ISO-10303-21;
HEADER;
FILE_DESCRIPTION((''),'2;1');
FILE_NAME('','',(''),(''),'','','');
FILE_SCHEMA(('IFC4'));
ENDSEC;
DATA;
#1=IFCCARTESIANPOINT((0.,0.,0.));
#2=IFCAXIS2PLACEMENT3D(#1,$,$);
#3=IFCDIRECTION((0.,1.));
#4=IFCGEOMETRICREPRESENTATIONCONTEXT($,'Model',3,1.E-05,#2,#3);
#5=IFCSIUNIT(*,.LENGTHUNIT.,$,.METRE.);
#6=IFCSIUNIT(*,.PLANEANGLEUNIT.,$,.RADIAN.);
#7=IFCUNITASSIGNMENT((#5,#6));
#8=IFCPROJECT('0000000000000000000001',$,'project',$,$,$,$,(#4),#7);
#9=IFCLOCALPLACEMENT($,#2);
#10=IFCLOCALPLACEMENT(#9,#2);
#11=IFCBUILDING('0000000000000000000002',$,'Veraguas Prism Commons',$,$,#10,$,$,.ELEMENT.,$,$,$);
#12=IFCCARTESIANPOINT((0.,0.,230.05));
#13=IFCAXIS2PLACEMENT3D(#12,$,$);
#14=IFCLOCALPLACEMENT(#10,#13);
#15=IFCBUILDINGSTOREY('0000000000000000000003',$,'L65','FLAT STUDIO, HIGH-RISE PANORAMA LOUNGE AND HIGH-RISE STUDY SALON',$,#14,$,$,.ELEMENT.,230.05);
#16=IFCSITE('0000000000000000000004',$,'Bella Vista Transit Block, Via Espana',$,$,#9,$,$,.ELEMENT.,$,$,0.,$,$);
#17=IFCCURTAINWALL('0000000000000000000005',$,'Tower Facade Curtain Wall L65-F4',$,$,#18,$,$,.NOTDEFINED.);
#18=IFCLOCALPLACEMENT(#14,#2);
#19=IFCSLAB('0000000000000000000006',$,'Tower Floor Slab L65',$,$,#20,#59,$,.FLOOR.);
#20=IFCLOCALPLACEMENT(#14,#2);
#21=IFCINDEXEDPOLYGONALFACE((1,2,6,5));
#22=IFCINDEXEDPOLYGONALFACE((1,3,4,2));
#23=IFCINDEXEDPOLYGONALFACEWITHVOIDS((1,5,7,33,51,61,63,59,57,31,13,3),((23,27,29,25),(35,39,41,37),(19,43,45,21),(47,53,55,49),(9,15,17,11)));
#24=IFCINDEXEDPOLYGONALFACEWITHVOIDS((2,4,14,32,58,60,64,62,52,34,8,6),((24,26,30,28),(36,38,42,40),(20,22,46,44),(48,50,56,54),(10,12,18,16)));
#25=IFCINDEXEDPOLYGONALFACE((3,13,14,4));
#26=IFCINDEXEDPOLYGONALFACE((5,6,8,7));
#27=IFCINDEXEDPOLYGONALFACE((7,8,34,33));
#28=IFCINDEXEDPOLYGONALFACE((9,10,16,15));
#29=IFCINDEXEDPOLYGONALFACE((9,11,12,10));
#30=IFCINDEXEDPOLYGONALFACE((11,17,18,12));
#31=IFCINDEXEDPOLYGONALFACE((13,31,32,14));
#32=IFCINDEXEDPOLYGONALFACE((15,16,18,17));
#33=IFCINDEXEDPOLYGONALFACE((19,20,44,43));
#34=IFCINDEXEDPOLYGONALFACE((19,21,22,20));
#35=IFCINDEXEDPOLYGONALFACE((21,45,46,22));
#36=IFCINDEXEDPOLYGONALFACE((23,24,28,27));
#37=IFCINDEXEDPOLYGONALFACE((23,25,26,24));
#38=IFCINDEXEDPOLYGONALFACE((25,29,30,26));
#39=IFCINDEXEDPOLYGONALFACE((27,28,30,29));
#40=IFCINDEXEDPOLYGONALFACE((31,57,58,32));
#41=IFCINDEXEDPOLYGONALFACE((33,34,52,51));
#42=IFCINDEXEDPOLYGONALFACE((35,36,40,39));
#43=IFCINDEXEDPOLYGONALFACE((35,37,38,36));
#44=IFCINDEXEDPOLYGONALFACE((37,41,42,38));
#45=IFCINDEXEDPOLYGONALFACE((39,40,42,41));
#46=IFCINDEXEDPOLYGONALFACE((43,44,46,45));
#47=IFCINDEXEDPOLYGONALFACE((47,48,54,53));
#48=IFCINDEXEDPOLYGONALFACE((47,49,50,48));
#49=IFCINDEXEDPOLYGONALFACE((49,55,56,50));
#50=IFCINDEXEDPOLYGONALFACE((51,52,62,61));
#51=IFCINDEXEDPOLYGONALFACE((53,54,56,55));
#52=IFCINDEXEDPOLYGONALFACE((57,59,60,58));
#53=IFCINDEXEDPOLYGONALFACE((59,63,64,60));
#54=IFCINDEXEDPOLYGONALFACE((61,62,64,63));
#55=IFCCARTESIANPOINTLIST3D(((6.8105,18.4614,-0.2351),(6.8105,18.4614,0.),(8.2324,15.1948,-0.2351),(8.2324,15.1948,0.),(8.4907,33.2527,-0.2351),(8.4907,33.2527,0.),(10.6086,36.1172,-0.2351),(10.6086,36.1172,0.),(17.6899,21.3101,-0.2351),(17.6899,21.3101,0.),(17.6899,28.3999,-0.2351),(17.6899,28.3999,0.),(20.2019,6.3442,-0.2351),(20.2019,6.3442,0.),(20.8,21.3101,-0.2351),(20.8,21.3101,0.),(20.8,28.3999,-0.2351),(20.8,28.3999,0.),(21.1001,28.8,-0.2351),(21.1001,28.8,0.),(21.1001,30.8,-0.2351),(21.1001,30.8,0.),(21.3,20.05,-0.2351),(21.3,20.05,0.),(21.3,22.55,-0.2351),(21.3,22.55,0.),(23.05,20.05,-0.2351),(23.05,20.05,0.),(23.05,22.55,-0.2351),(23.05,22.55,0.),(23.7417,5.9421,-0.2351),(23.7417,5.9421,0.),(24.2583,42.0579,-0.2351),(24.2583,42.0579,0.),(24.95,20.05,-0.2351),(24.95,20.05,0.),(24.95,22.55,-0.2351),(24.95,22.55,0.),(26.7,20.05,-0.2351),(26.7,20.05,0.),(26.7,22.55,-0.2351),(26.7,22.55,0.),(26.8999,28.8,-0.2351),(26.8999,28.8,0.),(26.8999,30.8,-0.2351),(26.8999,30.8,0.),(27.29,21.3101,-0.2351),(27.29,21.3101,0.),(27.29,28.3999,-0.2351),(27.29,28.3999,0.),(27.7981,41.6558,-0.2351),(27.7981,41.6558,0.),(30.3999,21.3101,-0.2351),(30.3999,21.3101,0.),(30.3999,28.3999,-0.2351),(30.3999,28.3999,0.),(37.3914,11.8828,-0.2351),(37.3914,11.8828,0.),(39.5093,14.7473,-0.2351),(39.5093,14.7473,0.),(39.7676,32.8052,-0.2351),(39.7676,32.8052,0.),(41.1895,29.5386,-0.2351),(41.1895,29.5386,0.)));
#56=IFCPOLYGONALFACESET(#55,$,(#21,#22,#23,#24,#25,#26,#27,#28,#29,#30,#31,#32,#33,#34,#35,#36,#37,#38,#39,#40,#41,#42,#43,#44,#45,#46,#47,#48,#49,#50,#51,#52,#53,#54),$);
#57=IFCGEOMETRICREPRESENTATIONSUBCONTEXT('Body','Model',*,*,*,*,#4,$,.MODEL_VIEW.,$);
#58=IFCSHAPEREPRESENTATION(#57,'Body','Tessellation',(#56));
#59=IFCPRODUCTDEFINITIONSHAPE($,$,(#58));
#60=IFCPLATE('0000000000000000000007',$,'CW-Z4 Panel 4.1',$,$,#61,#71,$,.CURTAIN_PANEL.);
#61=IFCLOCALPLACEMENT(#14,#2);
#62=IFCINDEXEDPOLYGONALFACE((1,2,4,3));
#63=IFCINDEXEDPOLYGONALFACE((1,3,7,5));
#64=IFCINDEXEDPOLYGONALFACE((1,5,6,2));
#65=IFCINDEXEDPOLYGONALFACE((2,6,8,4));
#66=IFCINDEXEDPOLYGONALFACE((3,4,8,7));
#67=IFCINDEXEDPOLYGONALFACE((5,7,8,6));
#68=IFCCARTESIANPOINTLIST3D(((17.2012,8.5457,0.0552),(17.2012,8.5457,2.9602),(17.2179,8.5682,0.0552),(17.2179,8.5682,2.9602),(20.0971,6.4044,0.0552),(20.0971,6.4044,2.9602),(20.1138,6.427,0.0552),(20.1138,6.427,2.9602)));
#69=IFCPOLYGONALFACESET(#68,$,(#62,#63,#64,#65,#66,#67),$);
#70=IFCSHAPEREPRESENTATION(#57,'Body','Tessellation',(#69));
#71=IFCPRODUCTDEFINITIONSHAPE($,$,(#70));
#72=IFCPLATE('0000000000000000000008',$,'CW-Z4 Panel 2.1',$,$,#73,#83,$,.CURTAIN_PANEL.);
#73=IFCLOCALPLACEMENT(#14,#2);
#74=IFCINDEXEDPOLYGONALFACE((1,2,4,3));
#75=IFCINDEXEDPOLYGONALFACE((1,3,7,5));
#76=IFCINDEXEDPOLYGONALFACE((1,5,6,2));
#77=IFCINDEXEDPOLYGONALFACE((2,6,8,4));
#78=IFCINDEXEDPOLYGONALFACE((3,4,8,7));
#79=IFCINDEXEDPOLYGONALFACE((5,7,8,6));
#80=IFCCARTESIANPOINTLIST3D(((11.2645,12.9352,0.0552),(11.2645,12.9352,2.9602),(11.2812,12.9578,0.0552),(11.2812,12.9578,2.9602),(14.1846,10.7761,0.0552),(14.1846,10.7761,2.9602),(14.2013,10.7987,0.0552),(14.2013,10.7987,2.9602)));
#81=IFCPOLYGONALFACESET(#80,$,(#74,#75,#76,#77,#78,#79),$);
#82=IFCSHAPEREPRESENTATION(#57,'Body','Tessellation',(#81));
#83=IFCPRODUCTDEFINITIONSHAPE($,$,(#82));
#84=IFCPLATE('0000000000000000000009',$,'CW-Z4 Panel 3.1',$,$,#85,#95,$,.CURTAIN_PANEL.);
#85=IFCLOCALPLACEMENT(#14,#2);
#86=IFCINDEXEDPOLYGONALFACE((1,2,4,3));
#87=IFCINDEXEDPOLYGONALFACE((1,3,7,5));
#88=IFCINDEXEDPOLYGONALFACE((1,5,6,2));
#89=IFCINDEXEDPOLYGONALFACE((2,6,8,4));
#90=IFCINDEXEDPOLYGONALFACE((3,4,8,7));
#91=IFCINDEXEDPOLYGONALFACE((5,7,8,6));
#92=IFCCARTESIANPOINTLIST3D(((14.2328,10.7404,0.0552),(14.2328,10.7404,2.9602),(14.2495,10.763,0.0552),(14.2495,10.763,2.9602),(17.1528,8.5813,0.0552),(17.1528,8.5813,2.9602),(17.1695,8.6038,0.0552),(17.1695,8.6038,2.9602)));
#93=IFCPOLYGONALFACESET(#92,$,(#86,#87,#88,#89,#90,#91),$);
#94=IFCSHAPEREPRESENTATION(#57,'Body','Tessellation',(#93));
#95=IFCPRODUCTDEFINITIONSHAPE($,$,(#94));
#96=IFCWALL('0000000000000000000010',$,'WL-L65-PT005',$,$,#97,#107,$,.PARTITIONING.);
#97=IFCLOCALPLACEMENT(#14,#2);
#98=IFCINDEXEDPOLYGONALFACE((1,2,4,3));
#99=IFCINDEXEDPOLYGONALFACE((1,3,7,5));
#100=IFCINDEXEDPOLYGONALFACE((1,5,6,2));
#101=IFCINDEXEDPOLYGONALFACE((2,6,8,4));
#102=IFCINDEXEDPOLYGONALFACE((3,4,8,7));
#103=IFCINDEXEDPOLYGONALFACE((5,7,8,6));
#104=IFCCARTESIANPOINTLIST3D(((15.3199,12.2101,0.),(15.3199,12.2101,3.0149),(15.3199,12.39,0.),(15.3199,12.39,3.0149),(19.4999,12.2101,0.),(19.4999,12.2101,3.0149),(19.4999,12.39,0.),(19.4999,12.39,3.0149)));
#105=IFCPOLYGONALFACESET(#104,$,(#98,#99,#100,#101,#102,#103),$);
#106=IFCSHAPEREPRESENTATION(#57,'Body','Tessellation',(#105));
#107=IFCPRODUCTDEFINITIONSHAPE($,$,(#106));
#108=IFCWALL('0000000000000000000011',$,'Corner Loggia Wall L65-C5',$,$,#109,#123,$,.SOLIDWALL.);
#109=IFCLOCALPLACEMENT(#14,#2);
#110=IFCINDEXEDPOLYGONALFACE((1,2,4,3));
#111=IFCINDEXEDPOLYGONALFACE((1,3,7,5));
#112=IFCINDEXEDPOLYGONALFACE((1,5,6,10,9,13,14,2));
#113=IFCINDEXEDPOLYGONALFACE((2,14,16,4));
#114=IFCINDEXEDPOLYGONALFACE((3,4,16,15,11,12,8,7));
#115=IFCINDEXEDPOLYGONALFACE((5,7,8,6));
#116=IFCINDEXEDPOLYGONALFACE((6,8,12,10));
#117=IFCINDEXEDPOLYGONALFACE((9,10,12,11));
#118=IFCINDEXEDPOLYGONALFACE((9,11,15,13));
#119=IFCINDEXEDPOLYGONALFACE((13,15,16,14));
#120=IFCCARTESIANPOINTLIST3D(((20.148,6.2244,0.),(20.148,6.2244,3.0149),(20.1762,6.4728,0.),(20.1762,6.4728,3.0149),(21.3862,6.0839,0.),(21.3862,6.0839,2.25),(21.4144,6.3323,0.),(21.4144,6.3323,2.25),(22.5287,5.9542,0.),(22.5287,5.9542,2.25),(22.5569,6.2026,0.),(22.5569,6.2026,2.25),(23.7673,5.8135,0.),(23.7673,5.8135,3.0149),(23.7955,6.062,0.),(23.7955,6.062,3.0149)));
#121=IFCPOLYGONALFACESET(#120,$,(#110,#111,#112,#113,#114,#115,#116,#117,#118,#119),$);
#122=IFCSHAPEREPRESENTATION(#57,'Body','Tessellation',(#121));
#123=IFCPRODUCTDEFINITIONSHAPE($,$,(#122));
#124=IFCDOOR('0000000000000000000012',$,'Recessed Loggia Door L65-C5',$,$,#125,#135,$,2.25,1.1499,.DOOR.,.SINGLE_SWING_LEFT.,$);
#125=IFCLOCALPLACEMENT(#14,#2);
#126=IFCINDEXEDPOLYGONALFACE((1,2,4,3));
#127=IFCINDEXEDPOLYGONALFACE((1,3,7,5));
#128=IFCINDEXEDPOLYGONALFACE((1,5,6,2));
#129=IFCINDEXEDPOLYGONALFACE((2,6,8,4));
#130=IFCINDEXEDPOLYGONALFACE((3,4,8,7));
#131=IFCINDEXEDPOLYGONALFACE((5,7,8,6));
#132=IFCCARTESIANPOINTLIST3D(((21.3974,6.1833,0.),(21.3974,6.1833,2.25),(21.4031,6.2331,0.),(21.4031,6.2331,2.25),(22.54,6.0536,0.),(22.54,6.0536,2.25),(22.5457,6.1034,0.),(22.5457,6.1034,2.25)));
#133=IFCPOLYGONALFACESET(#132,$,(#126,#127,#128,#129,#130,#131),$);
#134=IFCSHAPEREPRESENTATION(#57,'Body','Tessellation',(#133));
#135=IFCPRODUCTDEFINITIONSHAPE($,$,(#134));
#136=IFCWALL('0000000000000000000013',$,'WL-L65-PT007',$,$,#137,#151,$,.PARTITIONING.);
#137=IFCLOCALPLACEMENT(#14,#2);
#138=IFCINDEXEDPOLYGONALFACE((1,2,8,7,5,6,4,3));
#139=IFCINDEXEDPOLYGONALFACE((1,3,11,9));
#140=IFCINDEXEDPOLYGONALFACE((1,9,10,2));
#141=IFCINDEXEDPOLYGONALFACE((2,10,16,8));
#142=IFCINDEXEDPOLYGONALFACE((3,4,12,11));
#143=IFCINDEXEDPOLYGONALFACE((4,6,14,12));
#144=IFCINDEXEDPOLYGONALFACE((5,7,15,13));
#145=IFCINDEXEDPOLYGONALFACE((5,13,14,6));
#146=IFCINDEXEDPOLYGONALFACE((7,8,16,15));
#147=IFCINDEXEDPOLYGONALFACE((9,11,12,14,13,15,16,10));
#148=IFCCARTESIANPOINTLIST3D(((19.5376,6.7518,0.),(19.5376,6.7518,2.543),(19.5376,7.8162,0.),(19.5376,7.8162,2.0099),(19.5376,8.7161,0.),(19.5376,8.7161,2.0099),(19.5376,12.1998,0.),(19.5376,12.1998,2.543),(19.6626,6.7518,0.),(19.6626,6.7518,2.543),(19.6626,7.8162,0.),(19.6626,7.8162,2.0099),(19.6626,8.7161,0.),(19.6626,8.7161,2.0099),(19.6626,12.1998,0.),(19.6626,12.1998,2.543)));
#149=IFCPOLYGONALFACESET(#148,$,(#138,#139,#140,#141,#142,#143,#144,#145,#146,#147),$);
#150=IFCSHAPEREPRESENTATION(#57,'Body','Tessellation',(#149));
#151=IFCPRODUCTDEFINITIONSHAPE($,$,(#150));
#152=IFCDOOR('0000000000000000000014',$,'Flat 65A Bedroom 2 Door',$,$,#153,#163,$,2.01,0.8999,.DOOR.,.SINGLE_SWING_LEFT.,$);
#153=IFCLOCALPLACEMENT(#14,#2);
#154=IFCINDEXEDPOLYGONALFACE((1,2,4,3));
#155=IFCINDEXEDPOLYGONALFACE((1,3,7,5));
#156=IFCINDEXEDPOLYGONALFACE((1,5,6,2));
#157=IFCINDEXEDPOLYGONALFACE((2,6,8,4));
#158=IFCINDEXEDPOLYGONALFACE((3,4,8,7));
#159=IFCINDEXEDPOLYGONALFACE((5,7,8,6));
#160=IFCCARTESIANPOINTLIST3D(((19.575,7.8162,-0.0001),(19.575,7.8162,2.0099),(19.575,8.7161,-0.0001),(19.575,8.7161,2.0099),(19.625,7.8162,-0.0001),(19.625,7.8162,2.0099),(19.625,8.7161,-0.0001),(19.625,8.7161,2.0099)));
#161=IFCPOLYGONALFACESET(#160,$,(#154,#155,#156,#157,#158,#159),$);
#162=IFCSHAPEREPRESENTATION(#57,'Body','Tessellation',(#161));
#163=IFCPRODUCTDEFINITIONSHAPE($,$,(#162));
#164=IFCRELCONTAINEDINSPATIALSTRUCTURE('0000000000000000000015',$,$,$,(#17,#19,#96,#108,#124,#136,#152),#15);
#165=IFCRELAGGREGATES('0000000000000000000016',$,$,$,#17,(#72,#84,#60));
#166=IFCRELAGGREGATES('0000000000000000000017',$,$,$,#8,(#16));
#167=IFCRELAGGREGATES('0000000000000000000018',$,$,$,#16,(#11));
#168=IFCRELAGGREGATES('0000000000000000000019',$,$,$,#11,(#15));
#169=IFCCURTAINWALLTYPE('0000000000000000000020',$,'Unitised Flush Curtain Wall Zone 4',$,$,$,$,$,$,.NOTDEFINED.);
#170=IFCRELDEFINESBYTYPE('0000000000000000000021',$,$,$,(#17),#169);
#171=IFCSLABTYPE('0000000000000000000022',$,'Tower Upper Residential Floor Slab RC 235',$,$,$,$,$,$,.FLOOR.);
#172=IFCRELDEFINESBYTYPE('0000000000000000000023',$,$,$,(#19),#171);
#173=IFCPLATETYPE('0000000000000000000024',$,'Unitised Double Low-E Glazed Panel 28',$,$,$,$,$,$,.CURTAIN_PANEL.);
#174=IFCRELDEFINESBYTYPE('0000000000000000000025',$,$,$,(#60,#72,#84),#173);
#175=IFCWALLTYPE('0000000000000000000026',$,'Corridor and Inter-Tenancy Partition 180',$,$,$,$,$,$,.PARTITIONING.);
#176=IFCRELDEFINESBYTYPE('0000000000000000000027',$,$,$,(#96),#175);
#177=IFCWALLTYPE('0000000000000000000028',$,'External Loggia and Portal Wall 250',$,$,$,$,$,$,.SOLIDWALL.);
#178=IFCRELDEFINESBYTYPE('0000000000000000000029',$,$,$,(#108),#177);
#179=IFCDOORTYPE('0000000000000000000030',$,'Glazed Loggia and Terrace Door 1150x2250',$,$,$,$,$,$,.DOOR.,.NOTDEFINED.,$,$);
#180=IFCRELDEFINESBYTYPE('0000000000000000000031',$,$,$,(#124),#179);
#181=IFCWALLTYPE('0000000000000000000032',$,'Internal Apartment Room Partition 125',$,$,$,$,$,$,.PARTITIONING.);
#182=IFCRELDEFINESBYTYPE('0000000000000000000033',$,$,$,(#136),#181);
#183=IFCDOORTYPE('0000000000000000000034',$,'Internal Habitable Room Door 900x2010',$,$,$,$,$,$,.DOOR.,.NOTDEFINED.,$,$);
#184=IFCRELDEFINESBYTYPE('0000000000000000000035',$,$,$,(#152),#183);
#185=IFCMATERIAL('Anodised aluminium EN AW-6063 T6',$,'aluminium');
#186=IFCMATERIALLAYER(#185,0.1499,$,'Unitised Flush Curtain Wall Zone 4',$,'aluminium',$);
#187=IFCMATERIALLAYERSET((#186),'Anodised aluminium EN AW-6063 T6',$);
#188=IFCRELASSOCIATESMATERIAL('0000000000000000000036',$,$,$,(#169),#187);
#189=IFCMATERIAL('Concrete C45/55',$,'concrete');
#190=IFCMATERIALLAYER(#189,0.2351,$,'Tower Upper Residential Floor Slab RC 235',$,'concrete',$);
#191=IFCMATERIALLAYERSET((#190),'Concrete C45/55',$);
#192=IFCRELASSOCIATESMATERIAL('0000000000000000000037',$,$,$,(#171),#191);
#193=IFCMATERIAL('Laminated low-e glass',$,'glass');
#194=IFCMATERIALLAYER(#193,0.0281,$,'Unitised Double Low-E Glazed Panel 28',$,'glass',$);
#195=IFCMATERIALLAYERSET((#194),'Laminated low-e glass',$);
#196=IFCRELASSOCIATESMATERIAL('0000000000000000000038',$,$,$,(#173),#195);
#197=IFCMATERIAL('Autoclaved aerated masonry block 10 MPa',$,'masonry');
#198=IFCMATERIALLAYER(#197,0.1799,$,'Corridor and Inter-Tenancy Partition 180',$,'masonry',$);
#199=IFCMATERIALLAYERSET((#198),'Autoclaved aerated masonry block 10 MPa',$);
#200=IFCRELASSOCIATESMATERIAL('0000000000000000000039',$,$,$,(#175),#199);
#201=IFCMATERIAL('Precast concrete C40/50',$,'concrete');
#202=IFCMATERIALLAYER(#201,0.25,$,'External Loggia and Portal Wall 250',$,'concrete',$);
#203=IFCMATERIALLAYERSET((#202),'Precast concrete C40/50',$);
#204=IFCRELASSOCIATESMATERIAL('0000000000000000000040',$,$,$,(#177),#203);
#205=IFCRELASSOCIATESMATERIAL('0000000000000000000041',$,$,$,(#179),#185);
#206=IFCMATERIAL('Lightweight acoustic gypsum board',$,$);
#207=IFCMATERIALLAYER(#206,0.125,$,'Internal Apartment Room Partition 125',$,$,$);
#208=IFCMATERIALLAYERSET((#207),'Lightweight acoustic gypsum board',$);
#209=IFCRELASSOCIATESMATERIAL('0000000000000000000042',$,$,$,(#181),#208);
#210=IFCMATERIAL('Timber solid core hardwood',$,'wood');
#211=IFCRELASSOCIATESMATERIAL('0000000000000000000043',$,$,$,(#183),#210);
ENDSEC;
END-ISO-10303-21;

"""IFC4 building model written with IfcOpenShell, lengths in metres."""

from ifc_helpers import new_model, si_unit, direction, frame, frame_2d, origin, origin_2d, place, context, subcontext, project, spatial, polyline, rectangle, outline, extrude, source, transform, mapped, material, layer, layer_set, type_object, element, fill, aggregate, save


model = new_model("IFC4")

# Units and contexts
model_context = context("Model", 3, precision=1e-05, world=origin(), true_north=direction((0.0, 1.0)))
body_context = subcontext(model_context, "Body", "Model", "MODEL_VIEW")
ifc_project = project(units=[si_unit("LENGTHUNIT", "METRE"), si_unit("PLANEANGLEUNIT", "RADIAN")], contexts=[model_context])

# Site, building, storey
site_placement = place(None, origin())
site = spatial("IfcSite", under=ifc_project, at=site_placement, Name="Bella Vista Transit Block, Via Espana", CompositionType="ELEMENT", RefElevation=0.0)
building_placement = place(site_placement, origin())
building = spatial("IfcBuilding", under=site, at=building_placement, Name="Veraguas Prism Commons", CompositionType="ELEMENT")
storey_placement = place(building_placement, frame((0.0, 0.0, 230.05)))
storey = spatial("IfcBuildingStorey", under=building, at=storey_placement, Name="L65", Description="FLAT STUDIO, HIGH-RISE PANORAMA LOUNGE AND HIGH-RISE STUDY SALON", CompositionType="ELEMENT", Elevation=230.05)

# Curtain wall
ifc_material_1 = material(Name="Anodised aluminium EN AW-6063 T6", Category="aluminium")
ifc_layer_1 = layer(ifc_material_1, 0.1499, Name="Unitised Flush Curtain Wall Zone 4", Category="aluminium")
ifc_layer_set_1 = layer_set([ifc_layer_1], Name="Anodised aluminium EN AW-6063 T6")
curtain_wall_type = type_object("IfcCurtainWallType", Name="Unitised Flush Curtain Wall Zone 4", PredefinedType="NOTDEFINED", material=ifc_layer_set_1)
curtain_wall_placement = place(storey_placement, origin())
curtain_wall = element("IfcCurtainWall", 1, at=curtain_wall_placement, inside=storey, type_object=curtain_wall_type, Name="Tower Facade Curtain Wall L65-F4", PredefinedType="NOTDEFINED")

# Slab
ifc_material_2 = material(Name="Concrete C45/55", Category="concrete")
ifc_layer_2 = layer(ifc_material_2, 0.2351, Name="Tower Upper Residential Floor Slab RC 235", Category="concrete")
ifc_layer_set_2 = layer_set([ifc_layer_2], Name="Concrete C45/55")
slab_type_1 = type_object("IfcSlabType", Name="Tower Upper Residential Floor Slab RC 235", PredefinedType="FLOOR", material=ifc_layer_set_2)
slab_1_placement = place(storey_placement, frame((0.0, 0.0, -0.2351)))
element("IfcSlab", 2, at=slab_1_placement, inside=storey, type_object=slab_type_1, Name="Tower Floor Slab L65", PredefinedType="FLOOR", context=body_context, shape_type="SweptSolid", body=[
    extrude(outline(polyline([(41.1895, 29.5386), (39.7676, 32.8052), (27.7981, 41.6558), (24.2583, 42.0579), (10.6086, 36.1172), (8.4907, 33.2527), (6.8105, 18.4614), (8.2324, 15.1948), (20.2019, 6.3442), (23.7417, 5.9421), (37.3914, 11.8828), (39.5093, 14.7473), (41.1895, 29.5386)]), holes=[polyline([(20.8, 21.3101), (20.8, 28.3999), (17.6899, 28.3999), (17.6899, 21.3101), (20.8, 21.3101)]), polyline([(30.3999, 21.3101), (30.3999, 28.3999), (27.29, 28.3999), (27.29, 21.3101), (30.3999, 21.3101)]), polyline([(21.1001, 28.8), (26.8999, 28.8), (26.8999, 30.8), (21.1001, 30.8), (21.1001, 28.8)]), polyline([(21.3, 20.05), (23.05, 20.05), (23.05, 22.55), (21.3, 22.55), (21.3, 20.05)]), polyline([(24.95, 20.05), (26.7, 20.05), (26.7, 22.55), (24.95, 22.55), (24.95, 20.05)])]), origin(), (0.0, 0.0, 1.0), 0.2351),
])

# Plates
ifc_material_3 = material(Name="Laminated low-e glass", Category="glass")
ifc_layer_3 = layer(ifc_material_3, 0.0281, Name="Unitised Double Low-E Glazed Panel 28", Category="glass")
ifc_layer_set_3 = layer_set([ifc_layer_3], Name="Laminated low-e glass")
plate_type = type_object("IfcPlateType", Name="Unitised Double Low-E Glazed Panel 28", PredefinedType="CURTAIN_PANEL", material=ifc_layer_set_3)
shared_shape_1 = source(origin(), body_context, "Body", "SweptSolid", [
    extrude(rectangle(XDim=3.6016, YDim=0.0281, at=origin_2d()), origin(), (0.0, 0.0, 1.0), 2.905),
])
plate_1_placement = place(storey_placement, frame((18.6575, 7.4863, 0.0552), z_axis=(0.0, 0.0, 1.0), x_axis=(0.804068, -0.594538, 0.0)))
plate_1 = element("IfcPlate", 3, at=plate_1_placement, type_object=plate_type, Name="CW-Z4 Panel 4.1", PredefinedType="CURTAIN_PANEL", context=body_context, shape_type="MappedRepresentation", body=[
    mapped(shared_shape_1, transform((0.0, 0.0, 0.0), scale=1.0)),
])
shared_shape_2 = source(origin(), body_context, "Body", "SweptSolid", [
    extrude(rectangle(XDim=3.6316, YDim=0.0281, at=origin_2d()), origin(), (0.0, 0.0, 1.0), 2.905),
])
plate_2_placement = place(storey_placement, frame((12.7329, 11.8669, 0.0552), z_axis=(0.0, 0.0, 1.0), x_axis=(0.804068, -0.594538, 0.0)))
plate_2 = element("IfcPlate", 4, at=plate_2_placement, type_object=plate_type, Name="CW-Z4 Panel 2.1", PredefinedType="CURTAIN_PANEL", context=body_context, shape_type="MappedRepresentation", body=[
    mapped(shared_shape_2, transform((0.0, 0.0, 0.0), scale=1.0)),
])
plate_3_placement = place(storey_placement, frame((15.7012, 9.6721, 0.0552), z_axis=(0.0, 0.0, 1.0), x_axis=(0.804068, -0.594538, 0.0)))
plate_3 = element("IfcPlate", 5, at=plate_3_placement, type_object=plate_type, Name="CW-Z4 Panel 3.1", PredefinedType="CURTAIN_PANEL", context=body_context, shape_type="MappedRepresentation", body=[
    mapped(shared_shape_2, transform((0.0, 0.0, 0.0), scale=1.0)),
])
aggregate(curtain_wall, [plate_2, plate_3, plate_1])

# Wall
ifc_material_4 = material(Name="Autoclaved aerated masonry block 10 MPa", Category="masonry")
ifc_layer_4 = layer(ifc_material_4, 0.1799, Name="Corridor and Inter-Tenancy Partition 180", Category="masonry")
ifc_layer_set_4 = layer_set([ifc_layer_4], Name="Autoclaved aerated masonry block 10 MPa")
wall_type_1 = type_object("IfcWallType", Name="Corridor and Inter-Tenancy Partition 180", PredefinedType="PARTITIONING", material=ifc_layer_set_4)
wall_1_placement = place(storey_placement, frame((15.3201, 12.3, 0.0), z_axis=(0.0, 0.0, 1.0), x_axis=(1.0, 0.0, 0.0)))
element("IfcWall", 6, at=wall_1_placement, inside=storey, type_object=wall_type_1, Name="WL-L65-PT005", PredefinedType="PARTITIONING", context=body_context, shape_type="SweptSolid", body=[
    extrude(rectangle(XDim=4.1799, YDim=0.1799, at=frame_2d((2.0898, 0.0))), origin(), (0.0, 0.0, 1.0), 3.0149),
])

# Walls, openings, doors
ifc_material_5 = material(Name="Precast concrete C40/50", Category="concrete")
ifc_layer_5 = layer(ifc_material_5, 0.25, Name="External Loggia and Portal Wall 250", Category="concrete")
ifc_layer_set_5 = layer_set([ifc_layer_5], Name="Precast concrete C40/50")
wall_type_2 = type_object("IfcWallType", Name="External Loggia and Portal Wall 250", PredefinedType="SOLIDWALL", material=ifc_layer_set_5)
wall_2_placement = place(storey_placement, frame((20.1621, 6.3486, 0.0), z_axis=(0.0, 0.0, 1.0), x_axis=(0.993618, -0.1128, 0.0)))
wall_2 = element("IfcWall", 7, at=wall_2_placement, inside=storey, type_object=wall_type_2, Name="Corner Loggia Wall L65-C5", PredefinedType="SOLIDWALL", context=body_context, shape_type="SweptSolid", body=[
    extrude(rectangle(XDim=3.6426, YDim=0.25, at=frame_2d((1.8213, 0.0))), origin(), (0.0, 0.0, 1.0), 3.0149),
])
opening_1_placement = place(wall_2_placement, frame((1.2461, 0.0, 0.0)))
opening_1 = element("IfcOpeningElement", 8, at=opening_1_placement, cuts=wall_2, PredefinedType="OPENING", context=body_context, shape_type="SweptSolid", body=[
    extrude(rectangle(XDim=1.1499, YDim=2.25, at=frame_2d((0.575, 1.125))), frame((0.0, 0.135, 0.0), z_axis=(0.0, -1.0, 0.0), x_axis=(1.0, 0.0, 0.0)), (0.0, 0.0, 1.0), 0.27),
])
door_type_1 = type_object("IfcDoorType", Name="Glazed Loggia and Terrace Door 1150x2250", OperationType="NOTDEFINED", PredefinedType="DOOR", material=ifc_material_1)
shared_shape_3 = source(origin(), body_context, "Body", "SweptSolid", [
    extrude(rectangle(XDim=1.1499, YDim=2.25, at=frame_2d((0.575, 1.125))), frame((0.0, 0.0249, 0.0), z_axis=(0.0, -1.0, 0.0), x_axis=(1.0, 0.0, 0.0)), (0.0, 0.0, 1.0), 0.05),
])
door_1_placement = place(opening_1_placement, frame((1.1499, 0.0, 0.0), z_axis=(0.0, 0.0, 1.0), x_axis=(-1.0, 0.0, 0.0)))
door_1 = element("IfcDoor", 9, at=door_1_placement, inside=storey, type_object=door_type_1, Name="Recessed Loggia Door L65-C5", OperationType="SINGLE_SWING_LEFT", OverallHeight=2.25, OverallWidth=1.1499, PredefinedType="DOOR", context=body_context, shape_type="MappedRepresentation", body=[
    mapped(shared_shape_3, transform((0.0, 0.0, 0.0), scale=1.0)),
])
fill(opening_1, door_1)
ifc_material_6 = material(Name="Lightweight acoustic gypsum board")
ifc_layer_6 = layer(ifc_material_6, 0.125, Name="Internal Apartment Room Partition 125")
ifc_layer_set_6 = layer_set([ifc_layer_6], Name="Lightweight acoustic gypsum board")
wall_type_3 = type_object("IfcWallType", Name="Internal Apartment Room Partition 125", PredefinedType="PARTITIONING", material=ifc_layer_set_6)
wall_3_placement = place(storey_placement, frame((19.6001, 12.2, 0.0), z_axis=(0.0, 0.0, 1.0), x_axis=(0.0, -1.0, 0.0)))
wall_3 = element("IfcWall", 10, at=wall_3_placement, inside=storey, type_object=wall_type_3, Name="WL-L65-PT007", PredefinedType="PARTITIONING", context=body_context, shape_type="SweptSolid", body=[
    extrude(rectangle(XDim=5.448, YDim=0.125, at=frame_2d((2.7241, 0.0))), origin(), (0.0, 0.0, 1.0), 2.543),
])
opening_2_placement = place(wall_3_placement, frame((3.4839, 0.0, 0.0)))
opening_2 = element("IfcOpeningElement", 11, at=opening_2_placement, cuts=wall_3, PredefinedType="OPENING", context=body_context, shape_type="SweptSolid", body=[
    extrude(rectangle(XDim=0.8999, YDim=2.01, at=frame_2d((0.45, 1.0049))), frame((0.0, 0.0725, 0.0), z_axis=(0.0, -1.0, 0.0), x_axis=(1.0, 0.0, 0.0)), (0.0, 0.0, 1.0), 0.145),
])
ifc_material_7 = material(Name="Timber solid core hardwood", Category="wood")
door_type_2 = type_object("IfcDoorType", Name="Internal Habitable Room Door 900x2010", OperationType="NOTDEFINED", PredefinedType="DOOR", material=ifc_material_7)
shared_shape_4 = source(origin(), body_context, "Body", "SweptSolid", [
    extrude(rectangle(XDim=0.8999, YDim=2.01, at=frame_2d((0.45, 1.0049))), frame((0.0, 0.0249, 0.0), z_axis=(0.0, -1.0, 0.0), x_axis=(1.0, 0.0, 0.0)), (0.0, 0.0, 1.0), 0.05),
])
door_2_placement = place(opening_2_placement, origin())
door_2 = element("IfcDoor", 12, at=door_2_placement, inside=storey, type_object=door_type_2, Name="Flat 65A Bedroom 2 Door", OperationType="SINGLE_SWING_LEFT", OverallHeight=2.01, OverallWidth=0.8999, PredefinedType="DOOR", context=body_context, shape_type="MappedRepresentation", body=[
    mapped(shared_shape_4, transform((0.0, 0.0, 0.0), scale=1.0)),
])
fill(opening_2, door_2)

save(model, "model.ifc")
